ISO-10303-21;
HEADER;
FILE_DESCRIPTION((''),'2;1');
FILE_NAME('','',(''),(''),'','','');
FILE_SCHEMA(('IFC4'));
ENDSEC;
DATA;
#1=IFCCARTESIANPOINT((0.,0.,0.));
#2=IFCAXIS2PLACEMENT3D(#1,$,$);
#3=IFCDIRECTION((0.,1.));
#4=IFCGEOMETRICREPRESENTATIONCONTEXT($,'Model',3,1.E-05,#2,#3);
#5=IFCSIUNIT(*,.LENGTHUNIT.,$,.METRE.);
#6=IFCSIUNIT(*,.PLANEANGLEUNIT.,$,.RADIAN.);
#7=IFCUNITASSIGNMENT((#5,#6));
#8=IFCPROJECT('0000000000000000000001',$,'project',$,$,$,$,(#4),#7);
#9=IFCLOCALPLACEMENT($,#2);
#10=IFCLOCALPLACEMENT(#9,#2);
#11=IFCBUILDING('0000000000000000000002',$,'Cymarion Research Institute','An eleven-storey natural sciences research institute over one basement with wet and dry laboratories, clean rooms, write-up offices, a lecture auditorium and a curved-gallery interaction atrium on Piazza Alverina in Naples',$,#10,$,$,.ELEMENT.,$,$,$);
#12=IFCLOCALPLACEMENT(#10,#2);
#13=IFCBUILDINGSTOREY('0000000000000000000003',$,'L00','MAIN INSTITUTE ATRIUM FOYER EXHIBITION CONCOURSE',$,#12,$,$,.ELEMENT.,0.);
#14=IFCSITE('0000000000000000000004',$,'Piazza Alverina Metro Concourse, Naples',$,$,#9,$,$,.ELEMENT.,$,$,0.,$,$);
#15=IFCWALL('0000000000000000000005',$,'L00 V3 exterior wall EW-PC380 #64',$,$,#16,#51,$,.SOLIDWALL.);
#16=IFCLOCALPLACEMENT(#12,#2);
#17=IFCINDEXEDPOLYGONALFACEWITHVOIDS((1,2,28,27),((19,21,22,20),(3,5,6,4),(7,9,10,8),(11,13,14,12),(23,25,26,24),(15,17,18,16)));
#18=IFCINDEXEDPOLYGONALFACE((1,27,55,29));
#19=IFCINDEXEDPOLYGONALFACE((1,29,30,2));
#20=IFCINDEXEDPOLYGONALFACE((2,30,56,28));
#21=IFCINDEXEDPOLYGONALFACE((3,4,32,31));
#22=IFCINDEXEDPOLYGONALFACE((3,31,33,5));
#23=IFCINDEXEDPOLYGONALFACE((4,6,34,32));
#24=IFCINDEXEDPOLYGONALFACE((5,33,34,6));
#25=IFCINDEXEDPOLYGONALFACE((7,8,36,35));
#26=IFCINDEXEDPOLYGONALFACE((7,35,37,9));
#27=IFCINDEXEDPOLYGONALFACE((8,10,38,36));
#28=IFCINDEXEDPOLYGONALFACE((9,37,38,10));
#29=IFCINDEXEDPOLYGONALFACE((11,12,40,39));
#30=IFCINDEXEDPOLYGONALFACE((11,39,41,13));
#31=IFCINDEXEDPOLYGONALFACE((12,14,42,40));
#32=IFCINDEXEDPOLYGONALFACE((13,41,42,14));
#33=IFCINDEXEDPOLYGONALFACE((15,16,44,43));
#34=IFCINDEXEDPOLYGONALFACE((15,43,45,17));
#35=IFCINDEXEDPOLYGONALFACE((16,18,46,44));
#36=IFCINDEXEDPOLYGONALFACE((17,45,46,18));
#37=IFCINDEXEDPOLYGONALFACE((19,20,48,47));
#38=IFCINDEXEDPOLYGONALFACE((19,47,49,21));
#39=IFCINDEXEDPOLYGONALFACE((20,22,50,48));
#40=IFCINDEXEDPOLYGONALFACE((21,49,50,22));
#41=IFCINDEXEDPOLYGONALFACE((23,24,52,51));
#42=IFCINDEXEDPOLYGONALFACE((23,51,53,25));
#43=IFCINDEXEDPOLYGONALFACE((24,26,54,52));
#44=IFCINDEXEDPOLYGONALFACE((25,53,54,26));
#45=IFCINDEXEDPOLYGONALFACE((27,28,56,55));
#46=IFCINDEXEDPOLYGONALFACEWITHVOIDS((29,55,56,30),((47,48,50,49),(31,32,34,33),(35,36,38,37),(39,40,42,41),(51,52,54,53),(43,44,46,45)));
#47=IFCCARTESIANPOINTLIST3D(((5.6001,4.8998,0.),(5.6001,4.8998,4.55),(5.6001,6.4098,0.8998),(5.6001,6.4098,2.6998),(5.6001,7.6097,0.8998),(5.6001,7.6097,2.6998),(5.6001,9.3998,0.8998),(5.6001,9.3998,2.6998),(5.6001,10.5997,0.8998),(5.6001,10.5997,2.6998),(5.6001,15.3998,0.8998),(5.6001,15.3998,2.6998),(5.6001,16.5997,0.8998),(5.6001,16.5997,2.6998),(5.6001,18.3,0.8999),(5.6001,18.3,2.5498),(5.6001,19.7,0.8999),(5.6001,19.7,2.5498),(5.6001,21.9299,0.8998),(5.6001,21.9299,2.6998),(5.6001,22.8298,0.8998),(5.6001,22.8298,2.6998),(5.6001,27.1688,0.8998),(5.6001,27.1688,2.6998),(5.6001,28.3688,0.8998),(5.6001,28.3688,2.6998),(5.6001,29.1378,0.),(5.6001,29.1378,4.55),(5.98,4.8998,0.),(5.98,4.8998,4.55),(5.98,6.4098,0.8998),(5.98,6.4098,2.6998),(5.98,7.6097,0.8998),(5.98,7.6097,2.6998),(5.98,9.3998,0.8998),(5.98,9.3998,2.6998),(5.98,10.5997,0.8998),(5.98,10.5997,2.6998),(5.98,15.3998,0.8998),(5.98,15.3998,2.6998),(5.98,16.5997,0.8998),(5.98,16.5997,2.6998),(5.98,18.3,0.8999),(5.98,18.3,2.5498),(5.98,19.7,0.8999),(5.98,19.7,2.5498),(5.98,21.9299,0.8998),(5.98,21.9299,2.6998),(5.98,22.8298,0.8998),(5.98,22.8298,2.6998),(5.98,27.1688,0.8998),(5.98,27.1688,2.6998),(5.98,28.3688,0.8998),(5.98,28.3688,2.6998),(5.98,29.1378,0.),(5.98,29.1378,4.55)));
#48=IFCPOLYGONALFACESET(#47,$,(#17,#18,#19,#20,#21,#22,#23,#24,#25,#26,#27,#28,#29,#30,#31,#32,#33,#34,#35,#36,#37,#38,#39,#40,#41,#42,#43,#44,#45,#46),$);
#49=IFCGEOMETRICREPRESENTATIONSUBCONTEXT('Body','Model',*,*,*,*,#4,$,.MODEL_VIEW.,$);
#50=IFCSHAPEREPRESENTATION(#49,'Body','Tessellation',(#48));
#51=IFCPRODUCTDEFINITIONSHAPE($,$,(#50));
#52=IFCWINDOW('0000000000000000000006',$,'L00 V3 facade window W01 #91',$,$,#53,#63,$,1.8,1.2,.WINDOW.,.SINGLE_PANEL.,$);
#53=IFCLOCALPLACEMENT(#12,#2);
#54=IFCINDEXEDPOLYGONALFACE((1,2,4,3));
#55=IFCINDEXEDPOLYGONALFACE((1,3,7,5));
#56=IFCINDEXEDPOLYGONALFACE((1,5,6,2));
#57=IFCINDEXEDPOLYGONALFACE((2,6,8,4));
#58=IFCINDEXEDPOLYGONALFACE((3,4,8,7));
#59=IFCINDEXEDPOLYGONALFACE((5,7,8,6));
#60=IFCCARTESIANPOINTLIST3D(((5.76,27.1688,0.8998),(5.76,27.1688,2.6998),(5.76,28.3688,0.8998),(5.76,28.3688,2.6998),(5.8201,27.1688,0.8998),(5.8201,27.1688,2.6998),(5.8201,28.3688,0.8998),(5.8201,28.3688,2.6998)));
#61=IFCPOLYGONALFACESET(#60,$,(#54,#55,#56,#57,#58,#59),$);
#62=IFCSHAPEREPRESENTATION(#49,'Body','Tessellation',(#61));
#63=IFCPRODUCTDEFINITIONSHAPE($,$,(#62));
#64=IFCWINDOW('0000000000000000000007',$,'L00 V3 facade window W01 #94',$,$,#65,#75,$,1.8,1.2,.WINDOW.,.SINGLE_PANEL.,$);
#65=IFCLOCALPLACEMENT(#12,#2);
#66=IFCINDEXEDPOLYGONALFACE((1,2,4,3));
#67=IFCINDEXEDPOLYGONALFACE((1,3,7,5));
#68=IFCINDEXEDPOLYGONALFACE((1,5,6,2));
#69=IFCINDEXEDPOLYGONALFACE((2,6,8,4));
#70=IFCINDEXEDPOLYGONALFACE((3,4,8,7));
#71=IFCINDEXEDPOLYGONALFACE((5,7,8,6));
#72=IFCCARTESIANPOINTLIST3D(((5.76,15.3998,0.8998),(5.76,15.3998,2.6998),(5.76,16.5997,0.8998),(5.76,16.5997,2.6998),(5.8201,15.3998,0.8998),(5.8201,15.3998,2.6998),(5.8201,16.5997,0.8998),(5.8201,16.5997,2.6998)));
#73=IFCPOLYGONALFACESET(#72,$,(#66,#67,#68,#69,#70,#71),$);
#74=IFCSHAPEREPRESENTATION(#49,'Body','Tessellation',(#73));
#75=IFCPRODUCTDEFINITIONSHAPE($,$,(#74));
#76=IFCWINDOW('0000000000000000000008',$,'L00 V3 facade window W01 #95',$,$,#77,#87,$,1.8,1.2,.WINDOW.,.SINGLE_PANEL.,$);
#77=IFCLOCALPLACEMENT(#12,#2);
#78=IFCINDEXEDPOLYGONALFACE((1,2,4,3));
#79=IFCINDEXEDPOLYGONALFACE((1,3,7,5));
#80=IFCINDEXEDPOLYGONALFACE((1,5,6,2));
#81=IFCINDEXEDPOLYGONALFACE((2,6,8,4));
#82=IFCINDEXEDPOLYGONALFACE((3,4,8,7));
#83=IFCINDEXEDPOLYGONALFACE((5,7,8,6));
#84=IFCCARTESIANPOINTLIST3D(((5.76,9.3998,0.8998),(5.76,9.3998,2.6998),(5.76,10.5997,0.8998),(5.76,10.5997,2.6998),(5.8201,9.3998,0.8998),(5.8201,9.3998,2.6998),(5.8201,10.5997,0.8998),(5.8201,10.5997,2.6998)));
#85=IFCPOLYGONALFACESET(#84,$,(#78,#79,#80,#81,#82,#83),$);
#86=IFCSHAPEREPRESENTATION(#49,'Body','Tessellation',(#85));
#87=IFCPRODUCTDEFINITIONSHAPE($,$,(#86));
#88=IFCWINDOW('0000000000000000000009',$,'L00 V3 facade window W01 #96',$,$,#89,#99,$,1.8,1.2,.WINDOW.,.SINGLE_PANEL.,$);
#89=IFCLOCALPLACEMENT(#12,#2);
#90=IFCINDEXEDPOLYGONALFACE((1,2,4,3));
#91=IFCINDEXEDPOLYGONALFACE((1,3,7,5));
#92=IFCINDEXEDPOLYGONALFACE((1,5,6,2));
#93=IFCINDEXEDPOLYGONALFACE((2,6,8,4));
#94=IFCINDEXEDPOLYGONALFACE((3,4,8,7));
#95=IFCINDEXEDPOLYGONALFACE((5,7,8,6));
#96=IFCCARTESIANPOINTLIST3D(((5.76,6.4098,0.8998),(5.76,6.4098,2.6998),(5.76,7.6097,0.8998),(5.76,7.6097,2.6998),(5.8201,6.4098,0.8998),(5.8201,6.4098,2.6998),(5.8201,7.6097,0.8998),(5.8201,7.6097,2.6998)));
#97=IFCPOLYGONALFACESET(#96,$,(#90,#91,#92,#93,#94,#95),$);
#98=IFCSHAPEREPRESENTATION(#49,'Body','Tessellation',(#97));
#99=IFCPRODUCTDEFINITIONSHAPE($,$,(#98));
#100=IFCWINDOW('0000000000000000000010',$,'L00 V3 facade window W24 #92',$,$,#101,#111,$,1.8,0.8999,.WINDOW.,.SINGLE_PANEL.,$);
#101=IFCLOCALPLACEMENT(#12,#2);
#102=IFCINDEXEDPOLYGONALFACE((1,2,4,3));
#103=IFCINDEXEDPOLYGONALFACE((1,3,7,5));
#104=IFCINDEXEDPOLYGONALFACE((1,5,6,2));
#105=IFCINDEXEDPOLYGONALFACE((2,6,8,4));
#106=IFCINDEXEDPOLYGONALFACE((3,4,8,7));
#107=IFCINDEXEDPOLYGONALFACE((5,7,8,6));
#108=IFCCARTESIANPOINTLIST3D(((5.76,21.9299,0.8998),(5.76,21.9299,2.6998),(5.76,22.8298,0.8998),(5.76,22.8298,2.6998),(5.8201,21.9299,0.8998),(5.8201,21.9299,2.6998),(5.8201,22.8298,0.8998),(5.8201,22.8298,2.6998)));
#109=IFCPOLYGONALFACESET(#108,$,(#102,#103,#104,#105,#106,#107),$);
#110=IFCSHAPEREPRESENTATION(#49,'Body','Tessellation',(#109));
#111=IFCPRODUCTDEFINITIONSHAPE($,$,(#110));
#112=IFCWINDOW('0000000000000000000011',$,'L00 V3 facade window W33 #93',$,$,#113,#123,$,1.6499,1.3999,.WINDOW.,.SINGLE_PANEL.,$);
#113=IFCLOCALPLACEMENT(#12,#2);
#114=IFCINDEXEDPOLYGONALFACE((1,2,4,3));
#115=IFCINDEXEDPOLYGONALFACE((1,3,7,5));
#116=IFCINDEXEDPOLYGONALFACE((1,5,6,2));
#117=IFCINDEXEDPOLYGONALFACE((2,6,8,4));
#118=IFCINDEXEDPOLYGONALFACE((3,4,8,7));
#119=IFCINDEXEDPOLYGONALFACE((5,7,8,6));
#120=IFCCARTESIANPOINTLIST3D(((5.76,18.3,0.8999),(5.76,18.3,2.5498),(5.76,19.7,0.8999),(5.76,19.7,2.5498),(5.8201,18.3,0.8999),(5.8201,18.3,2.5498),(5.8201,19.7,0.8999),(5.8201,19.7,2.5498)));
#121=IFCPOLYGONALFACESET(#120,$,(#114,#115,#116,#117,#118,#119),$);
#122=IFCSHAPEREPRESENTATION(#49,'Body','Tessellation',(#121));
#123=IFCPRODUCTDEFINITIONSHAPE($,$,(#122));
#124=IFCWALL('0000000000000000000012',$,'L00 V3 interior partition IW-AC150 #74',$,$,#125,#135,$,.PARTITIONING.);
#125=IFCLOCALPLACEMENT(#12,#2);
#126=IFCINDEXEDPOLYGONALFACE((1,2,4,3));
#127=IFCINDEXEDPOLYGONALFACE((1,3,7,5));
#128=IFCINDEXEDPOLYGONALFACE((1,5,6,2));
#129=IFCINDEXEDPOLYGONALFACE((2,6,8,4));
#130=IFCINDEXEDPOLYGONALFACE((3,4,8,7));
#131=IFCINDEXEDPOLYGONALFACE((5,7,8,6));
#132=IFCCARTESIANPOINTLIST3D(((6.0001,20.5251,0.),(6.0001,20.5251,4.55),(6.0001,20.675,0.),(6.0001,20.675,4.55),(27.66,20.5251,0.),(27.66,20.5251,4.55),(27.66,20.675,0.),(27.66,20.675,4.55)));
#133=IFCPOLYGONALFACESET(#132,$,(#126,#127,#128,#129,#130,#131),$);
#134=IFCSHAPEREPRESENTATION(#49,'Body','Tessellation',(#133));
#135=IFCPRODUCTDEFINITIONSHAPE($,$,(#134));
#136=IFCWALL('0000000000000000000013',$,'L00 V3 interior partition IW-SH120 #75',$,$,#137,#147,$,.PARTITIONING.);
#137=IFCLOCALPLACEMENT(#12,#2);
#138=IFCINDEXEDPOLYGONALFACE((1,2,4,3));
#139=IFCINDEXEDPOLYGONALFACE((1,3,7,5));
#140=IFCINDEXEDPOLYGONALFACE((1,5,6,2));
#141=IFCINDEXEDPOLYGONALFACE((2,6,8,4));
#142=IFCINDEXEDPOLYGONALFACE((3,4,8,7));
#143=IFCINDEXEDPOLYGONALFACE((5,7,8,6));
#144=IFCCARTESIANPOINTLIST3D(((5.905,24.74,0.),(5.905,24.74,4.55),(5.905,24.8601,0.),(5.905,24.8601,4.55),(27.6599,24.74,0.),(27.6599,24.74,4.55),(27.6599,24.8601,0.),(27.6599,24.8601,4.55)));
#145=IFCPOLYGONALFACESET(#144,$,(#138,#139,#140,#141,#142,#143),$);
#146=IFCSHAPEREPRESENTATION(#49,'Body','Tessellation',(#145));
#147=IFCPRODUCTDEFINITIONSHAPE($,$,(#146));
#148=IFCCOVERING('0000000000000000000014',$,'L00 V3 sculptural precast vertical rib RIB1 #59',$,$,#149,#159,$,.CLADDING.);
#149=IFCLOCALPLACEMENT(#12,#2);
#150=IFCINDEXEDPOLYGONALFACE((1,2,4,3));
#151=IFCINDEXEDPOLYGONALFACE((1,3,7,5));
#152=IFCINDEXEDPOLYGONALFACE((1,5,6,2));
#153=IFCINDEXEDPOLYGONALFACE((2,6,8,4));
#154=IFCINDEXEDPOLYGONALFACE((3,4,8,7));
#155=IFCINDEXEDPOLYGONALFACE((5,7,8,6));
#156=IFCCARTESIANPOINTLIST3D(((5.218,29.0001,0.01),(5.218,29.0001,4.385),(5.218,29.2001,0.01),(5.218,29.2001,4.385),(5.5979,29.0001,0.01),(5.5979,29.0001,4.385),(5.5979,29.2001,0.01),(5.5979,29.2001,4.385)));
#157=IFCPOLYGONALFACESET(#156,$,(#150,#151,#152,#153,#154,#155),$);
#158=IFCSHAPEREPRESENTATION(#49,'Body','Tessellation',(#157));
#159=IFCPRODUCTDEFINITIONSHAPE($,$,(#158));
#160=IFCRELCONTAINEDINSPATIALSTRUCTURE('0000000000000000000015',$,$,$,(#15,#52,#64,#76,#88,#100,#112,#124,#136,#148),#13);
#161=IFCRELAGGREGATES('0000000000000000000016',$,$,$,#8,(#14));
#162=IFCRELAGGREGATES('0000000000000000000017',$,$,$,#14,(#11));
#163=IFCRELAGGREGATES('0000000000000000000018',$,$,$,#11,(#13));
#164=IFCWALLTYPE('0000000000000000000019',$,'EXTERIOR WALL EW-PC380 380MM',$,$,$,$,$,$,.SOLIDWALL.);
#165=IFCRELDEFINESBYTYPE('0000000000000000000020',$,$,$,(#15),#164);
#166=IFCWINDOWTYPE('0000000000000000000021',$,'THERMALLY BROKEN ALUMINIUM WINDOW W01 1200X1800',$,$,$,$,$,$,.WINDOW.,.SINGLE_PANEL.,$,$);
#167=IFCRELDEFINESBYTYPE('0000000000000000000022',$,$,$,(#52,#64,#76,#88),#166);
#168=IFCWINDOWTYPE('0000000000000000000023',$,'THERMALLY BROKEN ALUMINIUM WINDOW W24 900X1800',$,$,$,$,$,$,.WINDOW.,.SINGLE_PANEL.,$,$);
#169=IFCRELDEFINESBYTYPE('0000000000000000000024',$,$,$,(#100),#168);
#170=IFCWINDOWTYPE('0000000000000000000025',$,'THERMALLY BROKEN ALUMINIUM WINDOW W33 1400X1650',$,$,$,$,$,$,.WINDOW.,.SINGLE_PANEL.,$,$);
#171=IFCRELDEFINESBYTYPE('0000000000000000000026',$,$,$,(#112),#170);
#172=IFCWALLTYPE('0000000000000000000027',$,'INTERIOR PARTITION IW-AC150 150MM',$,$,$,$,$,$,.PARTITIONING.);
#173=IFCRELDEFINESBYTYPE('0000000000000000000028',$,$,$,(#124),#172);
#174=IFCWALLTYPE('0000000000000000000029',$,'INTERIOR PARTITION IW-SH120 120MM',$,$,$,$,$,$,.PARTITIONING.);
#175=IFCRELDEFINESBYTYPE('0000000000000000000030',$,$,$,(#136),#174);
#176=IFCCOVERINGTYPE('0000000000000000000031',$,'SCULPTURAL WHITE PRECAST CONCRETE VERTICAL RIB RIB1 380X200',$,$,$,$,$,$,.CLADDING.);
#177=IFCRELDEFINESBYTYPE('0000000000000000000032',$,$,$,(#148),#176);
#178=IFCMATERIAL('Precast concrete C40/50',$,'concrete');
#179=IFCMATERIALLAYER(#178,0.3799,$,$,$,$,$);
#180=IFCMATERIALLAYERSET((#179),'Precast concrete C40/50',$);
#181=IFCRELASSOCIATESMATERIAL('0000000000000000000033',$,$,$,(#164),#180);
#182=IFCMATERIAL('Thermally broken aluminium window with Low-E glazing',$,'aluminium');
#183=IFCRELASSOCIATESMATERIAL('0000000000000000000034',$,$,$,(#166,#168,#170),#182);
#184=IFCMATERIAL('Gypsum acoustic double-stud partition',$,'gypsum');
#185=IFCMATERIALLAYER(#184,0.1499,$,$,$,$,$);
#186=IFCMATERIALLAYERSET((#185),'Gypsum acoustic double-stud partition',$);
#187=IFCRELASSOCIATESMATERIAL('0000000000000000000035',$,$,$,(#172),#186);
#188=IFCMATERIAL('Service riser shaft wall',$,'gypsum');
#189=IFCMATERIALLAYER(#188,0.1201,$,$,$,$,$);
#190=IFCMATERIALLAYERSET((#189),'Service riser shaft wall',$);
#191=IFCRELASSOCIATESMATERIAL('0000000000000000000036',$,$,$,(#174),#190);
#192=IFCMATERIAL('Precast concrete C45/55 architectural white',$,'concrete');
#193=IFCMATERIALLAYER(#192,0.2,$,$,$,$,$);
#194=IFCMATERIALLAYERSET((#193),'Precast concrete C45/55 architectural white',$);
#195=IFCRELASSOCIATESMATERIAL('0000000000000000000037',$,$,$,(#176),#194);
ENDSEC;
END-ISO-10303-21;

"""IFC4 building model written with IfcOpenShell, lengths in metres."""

from ifc_helpers import new_model, si_unit, direction, frame, frame_2d, origin, origin_2d, place, context, subcontext, project, spatial, rectangle, extrude, material, layer, layer_set, type_object, element, fill, save


model = new_model("IFC4")

# Units and contexts
model_context = context("Model", 3, precision=1e-05, world=origin(), true_north=direction((0.0, 1.0)))
body_context = subcontext(model_context, "Body", "Model", "MODEL_VIEW")
ifc_project = project(units=[si_unit("LENGTHUNIT", "METRE"), si_unit("PLANEANGLEUNIT", "RADIAN")], contexts=[model_context])

# Site, building, storey
site_placement = place(None, origin())
site = spatial("IfcSite", under=ifc_project, at=site_placement, Name="Piazza Alverina Metro Concourse, Naples", CompositionType="ELEMENT", RefElevation=0.0)
building_placement = place(site_placement, origin())
building = spatial("IfcBuilding", under=site, at=building_placement, Name="Cymarion Research Institute", Description="An eleven-storey natural sciences research institute over one basement with wet and dry laboratories, clean rooms, write-up offices, a lecture auditorium and a curved-gallery interaction atrium on Piazza Alverina in Naples", CompositionType="ELEMENT")
storey_placement = place(building_placement, origin())
storey = spatial("IfcBuildingStorey", under=building, at=storey_placement, Name="L00", Description="MAIN INSTITUTE ATRIUM FOYER EXHIBITION CONCOURSE", CompositionType="ELEMENT", Elevation=0.0)

# Wall, openings, windows
ifc_material_1 = material(Name="Precast concrete C40/50", Category="concrete")
ifc_layer_1 = layer(ifc_material_1, 0.3799)
ifc_layer_set_1 = layer_set([ifc_layer_1], Name="Precast concrete C40/50")
wall_type_1 = type_object("IfcWallType", Name="EXTERIOR WALL EW-PC380 380MM", PredefinedType="SOLIDWALL", material=ifc_layer_set_1)
wall_1_placement = place(storey_placement, frame((5.79, 29.1379, 0.0), z_axis=(0.0, 0.0, 1.0), x_axis=(0.0, -1.0, 0.0)))
wall_1 = element("IfcWall", 1, at=wall_1_placement, inside=storey, type_object=wall_type_1, Name="L00 V3 exterior wall EW-PC380 #64", PredefinedType="SOLIDWALL", context=body_context, shape_type="SweptSolid", body=[
    extrude(rectangle(XDim=24.238, YDim=0.3799, at=frame_2d((12.1191, 0.0))), origin(), (0.0, 0.0, 1.0), 4.55),
])
opening_1_placement = place(wall_1_placement, frame((0.769, 0.0, 0.8999)))
opening_1 = element("IfcOpeningElement", 2, at=opening_1_placement, cuts=wall_1, PredefinedType="OPENING", context=body_context, shape_type="SweptSolid", body=[
    extrude(rectangle(XDim=1.2, YDim=1.8, at=frame_2d((0.6001, 0.8999))), frame((0.0, 0.2, 0.0), z_axis=(0.0, -1.0, 0.0), x_axis=(1.0, 0.0, 0.0)), (0.0, 0.0, 1.0), 0.3999),
])
opening_2_placement = place(wall_1_placement, frame((6.3081, 0.0, 0.8999)))
opening_2 = element("IfcOpeningElement", 3, at=opening_2_placement, cuts=wall_1, PredefinedType="OPENING", context=body_context, shape_type="SweptSolid", body=[
    extrude(rectangle(XDim=0.8999, YDim=1.8, at=frame_2d((0.45, 0.8999))), frame((0.0, 0.2, 0.0), z_axis=(0.0, -1.0, 0.0), x_axis=(1.0, 0.0, 0.0)), (0.0, 0.0, 1.0), 0.3999),
])
opening_3_placement = place(wall_1_placement, frame((9.438, 0.0, 0.8999)))
opening_3 = element("IfcOpeningElement", 4, at=opening_3_placement, cuts=wall_1, PredefinedType="OPENING", context=body_context, shape_type="SweptSolid", body=[
    extrude(rectangle(XDim=1.3999, YDim=1.6499, at=frame_2d((0.7, 0.825))), frame((0.0, 0.2, 0.0), z_axis=(0.0, -1.0, 0.0), x_axis=(1.0, 0.0, 0.0)), (0.0, 0.0, 1.0), 0.3999),
])
opening_4_placement = place(wall_1_placement, frame((12.5381, 0.0, 0.8999)))
opening_4 = element("IfcOpeningElement", 5, at=opening_4_placement, cuts=wall_1, PredefinedType="OPENING", context=body_context, shape_type="SweptSolid", body=[
    extrude(rectangle(XDim=1.2, YDim=1.8, at=frame_2d((0.6001, 0.8999))), frame((0.0, 0.2, 0.0), z_axis=(0.0, -1.0, 0.0), x_axis=(1.0, 0.0, 0.0)), (0.0, 0.0, 1.0), 0.3999),
])
opening_5_placement = place(wall_1_placement, frame((18.5381, 0.0, 0.8999)))
opening_5 = element("IfcOpeningElement", 6, at=opening_5_placement, cuts=wall_1, PredefinedType="OPENING", context=body_context, shape_type="SweptSolid", body=[
    extrude(rectangle(XDim=1.2, YDim=1.8, at=frame_2d((0.6001, 0.8999))), frame((0.0, 0.2, 0.0), z_axis=(0.0, -1.0, 0.0), x_axis=(1.0, 0.0, 0.0)), (0.0, 0.0, 1.0), 0.3999),
])
opening_6_placement = place(wall_1_placement, frame((21.5281, 0.0, 0.8999)))
opening_6 = element("IfcOpeningElement", 7, at=opening_6_placement, cuts=wall_1, PredefinedType="OPENING", context=body_context, shape_type="SweptSolid", body=[
    extrude(rectangle(XDim=1.2, YDim=1.8, at=frame_2d((0.6001, 0.8999))), frame((0.0, 0.2, 0.0), z_axis=(0.0, -1.0, 0.0), x_axis=(1.0, 0.0, 0.0)), (0.0, 0.0, 1.0), 0.3999),
])
ifc_material_2 = material(Name="Thermally broken aluminium window with Low-E glazing", Category="aluminium")
window_type_1 = type_object("IfcWindowType", Name="THERMALLY BROKEN ALUMINIUM WINDOW W01 1200X1800", PartitioningType="SINGLE_PANEL", PredefinedType="WINDOW", material=ifc_material_2)
window_1_placement = place(opening_1_placement, origin())
window_1 = element("IfcWindow", 8, at=window_1_placement, inside=storey, type_object=window_type_1, Name="L00 V3 facade window W01 #91", OverallHeight=1.8, OverallWidth=1.2, PartitioningType="SINGLE_PANEL", PredefinedType="WINDOW", context=body_context, shape_type="SweptSolid", body=[
    extrude(rectangle(XDim=1.2, YDim=1.8, at=frame_2d((0.6001, 0.8999))), frame((0.0, 0.03, 0.0), z_axis=(0.0, -1.0, 0.0), x_axis=(1.0, 0.0, 0.0)), (0.0, 0.0, 1.0), 0.0601),
])
fill(opening_1, window_1)
window_2_placement = place(opening_4_placement, origin())
window_2 = element("IfcWindow", 9, at=window_2_placement, inside=storey, type_object=window_type_1, Name="L00 V3 facade window W01 #94", OverallHeight=1.8, OverallWidth=1.2, PartitioningType="SINGLE_PANEL", PredefinedType="WINDOW", context=body_context, shape_type="SweptSolid", body=[
    extrude(rectangle(XDim=1.2, YDim=1.8, at=frame_2d((0.6001, 0.8999))), frame((0.0, 0.03, 0.0), z_axis=(0.0, -1.0, 0.0), x_axis=(1.0, 0.0, 0.0)), (0.0, 0.0, 1.0), 0.0601),
])
fill(opening_4, window_2)
window_3_placement = place(opening_5_placement, origin())
window_3 = element("IfcWindow", 10, at=window_3_placement, inside=storey, type_object=window_type_1, Name="L00 V3 facade window W01 #95", OverallHeight=1.8, OverallWidth=1.2, PartitioningType="SINGLE_PANEL", PredefinedType="WINDOW", context=body_context, shape_type="SweptSolid", body=[
    extrude(rectangle(XDim=1.2, YDim=1.8, at=frame_2d((0.6001, 0.8999))), frame((0.0, 0.03, 0.0), z_axis=(0.0, -1.0, 0.0), x_axis=(1.0, 0.0, 0.0)), (0.0, 0.0, 1.0), 0.0601),
])
fill(opening_5, window_3)
window_4_placement = place(opening_6_placement, origin())
window_4 = element("IfcWindow", 11, at=window_4_placement, inside=storey, type_object=window_type_1, Name="L00 V3 facade window W01 #96", OverallHeight=1.8, OverallWidth=1.2, PartitioningType="SINGLE_PANEL", PredefinedType="WINDOW", context=body_context, shape_type="SweptSolid", body=[
    extrude(rectangle(XDim=1.2, YDim=1.8, at=frame_2d((0.6001, 0.8999))), frame((0.0, 0.03, 0.0), z_axis=(0.0, -1.0, 0.0), x_axis=(1.0, 0.0, 0.0)), (0.0, 0.0, 1.0), 0.0601),
])
fill(opening_6, window_4)
window_type_2 = type_object("IfcWindowType", Name="THERMALLY BROKEN ALUMINIUM WINDOW W24 900X1800", PartitioningType="SINGLE_PANEL", PredefinedType="WINDOW", material=ifc_material_2)
window_5_placement = place(opening_2_placement, origin())
window_5 = element("IfcWindow", 12, at=window_5_placement, inside=storey, type_object=window_type_2, Name="L00 V3 facade window W24 #92", OverallHeight=1.8, OverallWidth=0.8999, PartitioningType="SINGLE_PANEL", PredefinedType="WINDOW", context=body_context, shape_type="SweptSolid", body=[
    extrude(rectangle(XDim=0.8999, YDim=1.8, at=frame_2d((0.45, 0.8999))), frame((0.0, 0.03, 0.0), z_axis=(0.0, -1.0, 0.0), x_axis=(1.0, 0.0, 0.0)), (0.0, 0.0, 1.0), 0.0601),
])
fill(opening_2, window_5)
window_type_3 = type_object("IfcWindowType", Name="THERMALLY BROKEN ALUMINIUM WINDOW W33 1400X1650", PartitioningType="SINGLE_PANEL", PredefinedType="WINDOW", material=ifc_material_2)
window_6_placement = place(opening_3_placement, origin())
window_6 = element("IfcWindow", 13, at=window_6_placement, inside=storey, type_object=window_type_3, Name="L00 V3 facade window W33 #93", OverallHeight=1.6499, OverallWidth=1.3999, PartitioningType="SINGLE_PANEL", PredefinedType="WINDOW", context=body_context, shape_type="SweptSolid", body=[
    extrude(rectangle(XDim=1.3999, YDim=1.6499, at=frame_2d((0.7, 0.825))), frame((0.0, 0.03, 0.0), z_axis=(0.0, -1.0, 0.0), x_axis=(1.0, 0.0, 0.0)), (0.0, 0.0, 1.0), 0.0601),
])
fill(opening_3, window_6)

# Walls
ifc_material_3 = material(Name="Gypsum acoustic double-stud partition", Category="gypsum")
ifc_layer_2 = layer(ifc_material_3, 0.1499)
ifc_layer_set_2 = layer_set([ifc_layer_2], Name="Gypsum acoustic double-stud partition")
wall_type_2 = type_object("IfcWallType", Name="INTERIOR PARTITION IW-AC150 150MM", PredefinedType="PARTITIONING", material=ifc_layer_set_2)
wall_2_placement = place(storey_placement, frame((6.0, 20.6001, 0.0), z_axis=(0.0, 0.0, 1.0), x_axis=(1.0, 0.0, 0.0)))
element("IfcWall", 14, at=wall_2_placement, inside=storey, type_object=wall_type_2, Name="L00 V3 interior partition IW-AC150 #74", PredefinedType="PARTITIONING", context=body_context, shape_type="SweptSolid", body=[
    extrude(rectangle(XDim=21.6599, YDim=0.1499, at=frame_2d((10.8301, 0.0))), origin(), (0.0, 0.0, 1.0), 4.55),
])
ifc_material_4 = material(Name="Service riser shaft wall", Category="gypsum")
ifc_layer_3 = layer(ifc_material_4, 0.1201)
ifc_layer_set_3 = layer_set([ifc_layer_3], Name="Service riser shaft wall")
wall_type_3 = type_object("IfcWallType", Name="INTERIOR PARTITION IW-SH120 120MM", PredefinedType="PARTITIONING", material=ifc_layer_set_3)
wall_3_placement = place(storey_placement, frame((5.905, 24.8, 0.0), z_axis=(0.0, 0.0, 1.0), x_axis=(1.0, 0.0, 0.0)))
element("IfcWall", 15, at=wall_3_placement, inside=storey, type_object=wall_type_3, Name="L00 V3 interior partition IW-SH120 #75", PredefinedType="PARTITIONING", context=body_context, shape_type="SweptSolid", body=[
    extrude(rectangle(XDim=21.7549, YDim=0.1201, at=frame_2d((10.8774, 0.0))), origin(), (0.0, 0.0, 1.0), 4.55),
])

# Covering
ifc_material_5 = material(Name="Precast concrete C45/55 architectural white", Category="concrete")
ifc_layer_4 = layer(ifc_material_5, 0.2)
ifc_layer_set_4 = layer_set([ifc_layer_4], Name="Precast concrete C45/55 architectural white")
covering_type = type_object("IfcCoveringType", Name="SCULPTURAL WHITE PRECAST CONCRETE VERTICAL RIB RIB1 380X200", PredefinedType="CLADDING", material=ifc_layer_set_4)
for number, where, z_axis, x_axis, name in (
    (16, (5.408, 29.1001, 0.01), (0.0, 0.0, 1.0), (-1.0, 0.0, 0.0), "L00 V3 sculptural precast vertical rib RIB1 #59"),
):
    element("IfcCovering", number, at=place(storey_placement, frame(where, z_axis=z_axis, x_axis=x_axis)), inside=storey, type_object=covering_type, Name=name, PredefinedType="CLADDING", context=body_context, shape_type="SweptSolid", body=[
        extrude(rectangle(XDim=0.3799, YDim=0.2, at=origin_2d()), origin(), (0.0, 0.0, 1.0), 4.375),
    ])

save(model, "model.ifc")
